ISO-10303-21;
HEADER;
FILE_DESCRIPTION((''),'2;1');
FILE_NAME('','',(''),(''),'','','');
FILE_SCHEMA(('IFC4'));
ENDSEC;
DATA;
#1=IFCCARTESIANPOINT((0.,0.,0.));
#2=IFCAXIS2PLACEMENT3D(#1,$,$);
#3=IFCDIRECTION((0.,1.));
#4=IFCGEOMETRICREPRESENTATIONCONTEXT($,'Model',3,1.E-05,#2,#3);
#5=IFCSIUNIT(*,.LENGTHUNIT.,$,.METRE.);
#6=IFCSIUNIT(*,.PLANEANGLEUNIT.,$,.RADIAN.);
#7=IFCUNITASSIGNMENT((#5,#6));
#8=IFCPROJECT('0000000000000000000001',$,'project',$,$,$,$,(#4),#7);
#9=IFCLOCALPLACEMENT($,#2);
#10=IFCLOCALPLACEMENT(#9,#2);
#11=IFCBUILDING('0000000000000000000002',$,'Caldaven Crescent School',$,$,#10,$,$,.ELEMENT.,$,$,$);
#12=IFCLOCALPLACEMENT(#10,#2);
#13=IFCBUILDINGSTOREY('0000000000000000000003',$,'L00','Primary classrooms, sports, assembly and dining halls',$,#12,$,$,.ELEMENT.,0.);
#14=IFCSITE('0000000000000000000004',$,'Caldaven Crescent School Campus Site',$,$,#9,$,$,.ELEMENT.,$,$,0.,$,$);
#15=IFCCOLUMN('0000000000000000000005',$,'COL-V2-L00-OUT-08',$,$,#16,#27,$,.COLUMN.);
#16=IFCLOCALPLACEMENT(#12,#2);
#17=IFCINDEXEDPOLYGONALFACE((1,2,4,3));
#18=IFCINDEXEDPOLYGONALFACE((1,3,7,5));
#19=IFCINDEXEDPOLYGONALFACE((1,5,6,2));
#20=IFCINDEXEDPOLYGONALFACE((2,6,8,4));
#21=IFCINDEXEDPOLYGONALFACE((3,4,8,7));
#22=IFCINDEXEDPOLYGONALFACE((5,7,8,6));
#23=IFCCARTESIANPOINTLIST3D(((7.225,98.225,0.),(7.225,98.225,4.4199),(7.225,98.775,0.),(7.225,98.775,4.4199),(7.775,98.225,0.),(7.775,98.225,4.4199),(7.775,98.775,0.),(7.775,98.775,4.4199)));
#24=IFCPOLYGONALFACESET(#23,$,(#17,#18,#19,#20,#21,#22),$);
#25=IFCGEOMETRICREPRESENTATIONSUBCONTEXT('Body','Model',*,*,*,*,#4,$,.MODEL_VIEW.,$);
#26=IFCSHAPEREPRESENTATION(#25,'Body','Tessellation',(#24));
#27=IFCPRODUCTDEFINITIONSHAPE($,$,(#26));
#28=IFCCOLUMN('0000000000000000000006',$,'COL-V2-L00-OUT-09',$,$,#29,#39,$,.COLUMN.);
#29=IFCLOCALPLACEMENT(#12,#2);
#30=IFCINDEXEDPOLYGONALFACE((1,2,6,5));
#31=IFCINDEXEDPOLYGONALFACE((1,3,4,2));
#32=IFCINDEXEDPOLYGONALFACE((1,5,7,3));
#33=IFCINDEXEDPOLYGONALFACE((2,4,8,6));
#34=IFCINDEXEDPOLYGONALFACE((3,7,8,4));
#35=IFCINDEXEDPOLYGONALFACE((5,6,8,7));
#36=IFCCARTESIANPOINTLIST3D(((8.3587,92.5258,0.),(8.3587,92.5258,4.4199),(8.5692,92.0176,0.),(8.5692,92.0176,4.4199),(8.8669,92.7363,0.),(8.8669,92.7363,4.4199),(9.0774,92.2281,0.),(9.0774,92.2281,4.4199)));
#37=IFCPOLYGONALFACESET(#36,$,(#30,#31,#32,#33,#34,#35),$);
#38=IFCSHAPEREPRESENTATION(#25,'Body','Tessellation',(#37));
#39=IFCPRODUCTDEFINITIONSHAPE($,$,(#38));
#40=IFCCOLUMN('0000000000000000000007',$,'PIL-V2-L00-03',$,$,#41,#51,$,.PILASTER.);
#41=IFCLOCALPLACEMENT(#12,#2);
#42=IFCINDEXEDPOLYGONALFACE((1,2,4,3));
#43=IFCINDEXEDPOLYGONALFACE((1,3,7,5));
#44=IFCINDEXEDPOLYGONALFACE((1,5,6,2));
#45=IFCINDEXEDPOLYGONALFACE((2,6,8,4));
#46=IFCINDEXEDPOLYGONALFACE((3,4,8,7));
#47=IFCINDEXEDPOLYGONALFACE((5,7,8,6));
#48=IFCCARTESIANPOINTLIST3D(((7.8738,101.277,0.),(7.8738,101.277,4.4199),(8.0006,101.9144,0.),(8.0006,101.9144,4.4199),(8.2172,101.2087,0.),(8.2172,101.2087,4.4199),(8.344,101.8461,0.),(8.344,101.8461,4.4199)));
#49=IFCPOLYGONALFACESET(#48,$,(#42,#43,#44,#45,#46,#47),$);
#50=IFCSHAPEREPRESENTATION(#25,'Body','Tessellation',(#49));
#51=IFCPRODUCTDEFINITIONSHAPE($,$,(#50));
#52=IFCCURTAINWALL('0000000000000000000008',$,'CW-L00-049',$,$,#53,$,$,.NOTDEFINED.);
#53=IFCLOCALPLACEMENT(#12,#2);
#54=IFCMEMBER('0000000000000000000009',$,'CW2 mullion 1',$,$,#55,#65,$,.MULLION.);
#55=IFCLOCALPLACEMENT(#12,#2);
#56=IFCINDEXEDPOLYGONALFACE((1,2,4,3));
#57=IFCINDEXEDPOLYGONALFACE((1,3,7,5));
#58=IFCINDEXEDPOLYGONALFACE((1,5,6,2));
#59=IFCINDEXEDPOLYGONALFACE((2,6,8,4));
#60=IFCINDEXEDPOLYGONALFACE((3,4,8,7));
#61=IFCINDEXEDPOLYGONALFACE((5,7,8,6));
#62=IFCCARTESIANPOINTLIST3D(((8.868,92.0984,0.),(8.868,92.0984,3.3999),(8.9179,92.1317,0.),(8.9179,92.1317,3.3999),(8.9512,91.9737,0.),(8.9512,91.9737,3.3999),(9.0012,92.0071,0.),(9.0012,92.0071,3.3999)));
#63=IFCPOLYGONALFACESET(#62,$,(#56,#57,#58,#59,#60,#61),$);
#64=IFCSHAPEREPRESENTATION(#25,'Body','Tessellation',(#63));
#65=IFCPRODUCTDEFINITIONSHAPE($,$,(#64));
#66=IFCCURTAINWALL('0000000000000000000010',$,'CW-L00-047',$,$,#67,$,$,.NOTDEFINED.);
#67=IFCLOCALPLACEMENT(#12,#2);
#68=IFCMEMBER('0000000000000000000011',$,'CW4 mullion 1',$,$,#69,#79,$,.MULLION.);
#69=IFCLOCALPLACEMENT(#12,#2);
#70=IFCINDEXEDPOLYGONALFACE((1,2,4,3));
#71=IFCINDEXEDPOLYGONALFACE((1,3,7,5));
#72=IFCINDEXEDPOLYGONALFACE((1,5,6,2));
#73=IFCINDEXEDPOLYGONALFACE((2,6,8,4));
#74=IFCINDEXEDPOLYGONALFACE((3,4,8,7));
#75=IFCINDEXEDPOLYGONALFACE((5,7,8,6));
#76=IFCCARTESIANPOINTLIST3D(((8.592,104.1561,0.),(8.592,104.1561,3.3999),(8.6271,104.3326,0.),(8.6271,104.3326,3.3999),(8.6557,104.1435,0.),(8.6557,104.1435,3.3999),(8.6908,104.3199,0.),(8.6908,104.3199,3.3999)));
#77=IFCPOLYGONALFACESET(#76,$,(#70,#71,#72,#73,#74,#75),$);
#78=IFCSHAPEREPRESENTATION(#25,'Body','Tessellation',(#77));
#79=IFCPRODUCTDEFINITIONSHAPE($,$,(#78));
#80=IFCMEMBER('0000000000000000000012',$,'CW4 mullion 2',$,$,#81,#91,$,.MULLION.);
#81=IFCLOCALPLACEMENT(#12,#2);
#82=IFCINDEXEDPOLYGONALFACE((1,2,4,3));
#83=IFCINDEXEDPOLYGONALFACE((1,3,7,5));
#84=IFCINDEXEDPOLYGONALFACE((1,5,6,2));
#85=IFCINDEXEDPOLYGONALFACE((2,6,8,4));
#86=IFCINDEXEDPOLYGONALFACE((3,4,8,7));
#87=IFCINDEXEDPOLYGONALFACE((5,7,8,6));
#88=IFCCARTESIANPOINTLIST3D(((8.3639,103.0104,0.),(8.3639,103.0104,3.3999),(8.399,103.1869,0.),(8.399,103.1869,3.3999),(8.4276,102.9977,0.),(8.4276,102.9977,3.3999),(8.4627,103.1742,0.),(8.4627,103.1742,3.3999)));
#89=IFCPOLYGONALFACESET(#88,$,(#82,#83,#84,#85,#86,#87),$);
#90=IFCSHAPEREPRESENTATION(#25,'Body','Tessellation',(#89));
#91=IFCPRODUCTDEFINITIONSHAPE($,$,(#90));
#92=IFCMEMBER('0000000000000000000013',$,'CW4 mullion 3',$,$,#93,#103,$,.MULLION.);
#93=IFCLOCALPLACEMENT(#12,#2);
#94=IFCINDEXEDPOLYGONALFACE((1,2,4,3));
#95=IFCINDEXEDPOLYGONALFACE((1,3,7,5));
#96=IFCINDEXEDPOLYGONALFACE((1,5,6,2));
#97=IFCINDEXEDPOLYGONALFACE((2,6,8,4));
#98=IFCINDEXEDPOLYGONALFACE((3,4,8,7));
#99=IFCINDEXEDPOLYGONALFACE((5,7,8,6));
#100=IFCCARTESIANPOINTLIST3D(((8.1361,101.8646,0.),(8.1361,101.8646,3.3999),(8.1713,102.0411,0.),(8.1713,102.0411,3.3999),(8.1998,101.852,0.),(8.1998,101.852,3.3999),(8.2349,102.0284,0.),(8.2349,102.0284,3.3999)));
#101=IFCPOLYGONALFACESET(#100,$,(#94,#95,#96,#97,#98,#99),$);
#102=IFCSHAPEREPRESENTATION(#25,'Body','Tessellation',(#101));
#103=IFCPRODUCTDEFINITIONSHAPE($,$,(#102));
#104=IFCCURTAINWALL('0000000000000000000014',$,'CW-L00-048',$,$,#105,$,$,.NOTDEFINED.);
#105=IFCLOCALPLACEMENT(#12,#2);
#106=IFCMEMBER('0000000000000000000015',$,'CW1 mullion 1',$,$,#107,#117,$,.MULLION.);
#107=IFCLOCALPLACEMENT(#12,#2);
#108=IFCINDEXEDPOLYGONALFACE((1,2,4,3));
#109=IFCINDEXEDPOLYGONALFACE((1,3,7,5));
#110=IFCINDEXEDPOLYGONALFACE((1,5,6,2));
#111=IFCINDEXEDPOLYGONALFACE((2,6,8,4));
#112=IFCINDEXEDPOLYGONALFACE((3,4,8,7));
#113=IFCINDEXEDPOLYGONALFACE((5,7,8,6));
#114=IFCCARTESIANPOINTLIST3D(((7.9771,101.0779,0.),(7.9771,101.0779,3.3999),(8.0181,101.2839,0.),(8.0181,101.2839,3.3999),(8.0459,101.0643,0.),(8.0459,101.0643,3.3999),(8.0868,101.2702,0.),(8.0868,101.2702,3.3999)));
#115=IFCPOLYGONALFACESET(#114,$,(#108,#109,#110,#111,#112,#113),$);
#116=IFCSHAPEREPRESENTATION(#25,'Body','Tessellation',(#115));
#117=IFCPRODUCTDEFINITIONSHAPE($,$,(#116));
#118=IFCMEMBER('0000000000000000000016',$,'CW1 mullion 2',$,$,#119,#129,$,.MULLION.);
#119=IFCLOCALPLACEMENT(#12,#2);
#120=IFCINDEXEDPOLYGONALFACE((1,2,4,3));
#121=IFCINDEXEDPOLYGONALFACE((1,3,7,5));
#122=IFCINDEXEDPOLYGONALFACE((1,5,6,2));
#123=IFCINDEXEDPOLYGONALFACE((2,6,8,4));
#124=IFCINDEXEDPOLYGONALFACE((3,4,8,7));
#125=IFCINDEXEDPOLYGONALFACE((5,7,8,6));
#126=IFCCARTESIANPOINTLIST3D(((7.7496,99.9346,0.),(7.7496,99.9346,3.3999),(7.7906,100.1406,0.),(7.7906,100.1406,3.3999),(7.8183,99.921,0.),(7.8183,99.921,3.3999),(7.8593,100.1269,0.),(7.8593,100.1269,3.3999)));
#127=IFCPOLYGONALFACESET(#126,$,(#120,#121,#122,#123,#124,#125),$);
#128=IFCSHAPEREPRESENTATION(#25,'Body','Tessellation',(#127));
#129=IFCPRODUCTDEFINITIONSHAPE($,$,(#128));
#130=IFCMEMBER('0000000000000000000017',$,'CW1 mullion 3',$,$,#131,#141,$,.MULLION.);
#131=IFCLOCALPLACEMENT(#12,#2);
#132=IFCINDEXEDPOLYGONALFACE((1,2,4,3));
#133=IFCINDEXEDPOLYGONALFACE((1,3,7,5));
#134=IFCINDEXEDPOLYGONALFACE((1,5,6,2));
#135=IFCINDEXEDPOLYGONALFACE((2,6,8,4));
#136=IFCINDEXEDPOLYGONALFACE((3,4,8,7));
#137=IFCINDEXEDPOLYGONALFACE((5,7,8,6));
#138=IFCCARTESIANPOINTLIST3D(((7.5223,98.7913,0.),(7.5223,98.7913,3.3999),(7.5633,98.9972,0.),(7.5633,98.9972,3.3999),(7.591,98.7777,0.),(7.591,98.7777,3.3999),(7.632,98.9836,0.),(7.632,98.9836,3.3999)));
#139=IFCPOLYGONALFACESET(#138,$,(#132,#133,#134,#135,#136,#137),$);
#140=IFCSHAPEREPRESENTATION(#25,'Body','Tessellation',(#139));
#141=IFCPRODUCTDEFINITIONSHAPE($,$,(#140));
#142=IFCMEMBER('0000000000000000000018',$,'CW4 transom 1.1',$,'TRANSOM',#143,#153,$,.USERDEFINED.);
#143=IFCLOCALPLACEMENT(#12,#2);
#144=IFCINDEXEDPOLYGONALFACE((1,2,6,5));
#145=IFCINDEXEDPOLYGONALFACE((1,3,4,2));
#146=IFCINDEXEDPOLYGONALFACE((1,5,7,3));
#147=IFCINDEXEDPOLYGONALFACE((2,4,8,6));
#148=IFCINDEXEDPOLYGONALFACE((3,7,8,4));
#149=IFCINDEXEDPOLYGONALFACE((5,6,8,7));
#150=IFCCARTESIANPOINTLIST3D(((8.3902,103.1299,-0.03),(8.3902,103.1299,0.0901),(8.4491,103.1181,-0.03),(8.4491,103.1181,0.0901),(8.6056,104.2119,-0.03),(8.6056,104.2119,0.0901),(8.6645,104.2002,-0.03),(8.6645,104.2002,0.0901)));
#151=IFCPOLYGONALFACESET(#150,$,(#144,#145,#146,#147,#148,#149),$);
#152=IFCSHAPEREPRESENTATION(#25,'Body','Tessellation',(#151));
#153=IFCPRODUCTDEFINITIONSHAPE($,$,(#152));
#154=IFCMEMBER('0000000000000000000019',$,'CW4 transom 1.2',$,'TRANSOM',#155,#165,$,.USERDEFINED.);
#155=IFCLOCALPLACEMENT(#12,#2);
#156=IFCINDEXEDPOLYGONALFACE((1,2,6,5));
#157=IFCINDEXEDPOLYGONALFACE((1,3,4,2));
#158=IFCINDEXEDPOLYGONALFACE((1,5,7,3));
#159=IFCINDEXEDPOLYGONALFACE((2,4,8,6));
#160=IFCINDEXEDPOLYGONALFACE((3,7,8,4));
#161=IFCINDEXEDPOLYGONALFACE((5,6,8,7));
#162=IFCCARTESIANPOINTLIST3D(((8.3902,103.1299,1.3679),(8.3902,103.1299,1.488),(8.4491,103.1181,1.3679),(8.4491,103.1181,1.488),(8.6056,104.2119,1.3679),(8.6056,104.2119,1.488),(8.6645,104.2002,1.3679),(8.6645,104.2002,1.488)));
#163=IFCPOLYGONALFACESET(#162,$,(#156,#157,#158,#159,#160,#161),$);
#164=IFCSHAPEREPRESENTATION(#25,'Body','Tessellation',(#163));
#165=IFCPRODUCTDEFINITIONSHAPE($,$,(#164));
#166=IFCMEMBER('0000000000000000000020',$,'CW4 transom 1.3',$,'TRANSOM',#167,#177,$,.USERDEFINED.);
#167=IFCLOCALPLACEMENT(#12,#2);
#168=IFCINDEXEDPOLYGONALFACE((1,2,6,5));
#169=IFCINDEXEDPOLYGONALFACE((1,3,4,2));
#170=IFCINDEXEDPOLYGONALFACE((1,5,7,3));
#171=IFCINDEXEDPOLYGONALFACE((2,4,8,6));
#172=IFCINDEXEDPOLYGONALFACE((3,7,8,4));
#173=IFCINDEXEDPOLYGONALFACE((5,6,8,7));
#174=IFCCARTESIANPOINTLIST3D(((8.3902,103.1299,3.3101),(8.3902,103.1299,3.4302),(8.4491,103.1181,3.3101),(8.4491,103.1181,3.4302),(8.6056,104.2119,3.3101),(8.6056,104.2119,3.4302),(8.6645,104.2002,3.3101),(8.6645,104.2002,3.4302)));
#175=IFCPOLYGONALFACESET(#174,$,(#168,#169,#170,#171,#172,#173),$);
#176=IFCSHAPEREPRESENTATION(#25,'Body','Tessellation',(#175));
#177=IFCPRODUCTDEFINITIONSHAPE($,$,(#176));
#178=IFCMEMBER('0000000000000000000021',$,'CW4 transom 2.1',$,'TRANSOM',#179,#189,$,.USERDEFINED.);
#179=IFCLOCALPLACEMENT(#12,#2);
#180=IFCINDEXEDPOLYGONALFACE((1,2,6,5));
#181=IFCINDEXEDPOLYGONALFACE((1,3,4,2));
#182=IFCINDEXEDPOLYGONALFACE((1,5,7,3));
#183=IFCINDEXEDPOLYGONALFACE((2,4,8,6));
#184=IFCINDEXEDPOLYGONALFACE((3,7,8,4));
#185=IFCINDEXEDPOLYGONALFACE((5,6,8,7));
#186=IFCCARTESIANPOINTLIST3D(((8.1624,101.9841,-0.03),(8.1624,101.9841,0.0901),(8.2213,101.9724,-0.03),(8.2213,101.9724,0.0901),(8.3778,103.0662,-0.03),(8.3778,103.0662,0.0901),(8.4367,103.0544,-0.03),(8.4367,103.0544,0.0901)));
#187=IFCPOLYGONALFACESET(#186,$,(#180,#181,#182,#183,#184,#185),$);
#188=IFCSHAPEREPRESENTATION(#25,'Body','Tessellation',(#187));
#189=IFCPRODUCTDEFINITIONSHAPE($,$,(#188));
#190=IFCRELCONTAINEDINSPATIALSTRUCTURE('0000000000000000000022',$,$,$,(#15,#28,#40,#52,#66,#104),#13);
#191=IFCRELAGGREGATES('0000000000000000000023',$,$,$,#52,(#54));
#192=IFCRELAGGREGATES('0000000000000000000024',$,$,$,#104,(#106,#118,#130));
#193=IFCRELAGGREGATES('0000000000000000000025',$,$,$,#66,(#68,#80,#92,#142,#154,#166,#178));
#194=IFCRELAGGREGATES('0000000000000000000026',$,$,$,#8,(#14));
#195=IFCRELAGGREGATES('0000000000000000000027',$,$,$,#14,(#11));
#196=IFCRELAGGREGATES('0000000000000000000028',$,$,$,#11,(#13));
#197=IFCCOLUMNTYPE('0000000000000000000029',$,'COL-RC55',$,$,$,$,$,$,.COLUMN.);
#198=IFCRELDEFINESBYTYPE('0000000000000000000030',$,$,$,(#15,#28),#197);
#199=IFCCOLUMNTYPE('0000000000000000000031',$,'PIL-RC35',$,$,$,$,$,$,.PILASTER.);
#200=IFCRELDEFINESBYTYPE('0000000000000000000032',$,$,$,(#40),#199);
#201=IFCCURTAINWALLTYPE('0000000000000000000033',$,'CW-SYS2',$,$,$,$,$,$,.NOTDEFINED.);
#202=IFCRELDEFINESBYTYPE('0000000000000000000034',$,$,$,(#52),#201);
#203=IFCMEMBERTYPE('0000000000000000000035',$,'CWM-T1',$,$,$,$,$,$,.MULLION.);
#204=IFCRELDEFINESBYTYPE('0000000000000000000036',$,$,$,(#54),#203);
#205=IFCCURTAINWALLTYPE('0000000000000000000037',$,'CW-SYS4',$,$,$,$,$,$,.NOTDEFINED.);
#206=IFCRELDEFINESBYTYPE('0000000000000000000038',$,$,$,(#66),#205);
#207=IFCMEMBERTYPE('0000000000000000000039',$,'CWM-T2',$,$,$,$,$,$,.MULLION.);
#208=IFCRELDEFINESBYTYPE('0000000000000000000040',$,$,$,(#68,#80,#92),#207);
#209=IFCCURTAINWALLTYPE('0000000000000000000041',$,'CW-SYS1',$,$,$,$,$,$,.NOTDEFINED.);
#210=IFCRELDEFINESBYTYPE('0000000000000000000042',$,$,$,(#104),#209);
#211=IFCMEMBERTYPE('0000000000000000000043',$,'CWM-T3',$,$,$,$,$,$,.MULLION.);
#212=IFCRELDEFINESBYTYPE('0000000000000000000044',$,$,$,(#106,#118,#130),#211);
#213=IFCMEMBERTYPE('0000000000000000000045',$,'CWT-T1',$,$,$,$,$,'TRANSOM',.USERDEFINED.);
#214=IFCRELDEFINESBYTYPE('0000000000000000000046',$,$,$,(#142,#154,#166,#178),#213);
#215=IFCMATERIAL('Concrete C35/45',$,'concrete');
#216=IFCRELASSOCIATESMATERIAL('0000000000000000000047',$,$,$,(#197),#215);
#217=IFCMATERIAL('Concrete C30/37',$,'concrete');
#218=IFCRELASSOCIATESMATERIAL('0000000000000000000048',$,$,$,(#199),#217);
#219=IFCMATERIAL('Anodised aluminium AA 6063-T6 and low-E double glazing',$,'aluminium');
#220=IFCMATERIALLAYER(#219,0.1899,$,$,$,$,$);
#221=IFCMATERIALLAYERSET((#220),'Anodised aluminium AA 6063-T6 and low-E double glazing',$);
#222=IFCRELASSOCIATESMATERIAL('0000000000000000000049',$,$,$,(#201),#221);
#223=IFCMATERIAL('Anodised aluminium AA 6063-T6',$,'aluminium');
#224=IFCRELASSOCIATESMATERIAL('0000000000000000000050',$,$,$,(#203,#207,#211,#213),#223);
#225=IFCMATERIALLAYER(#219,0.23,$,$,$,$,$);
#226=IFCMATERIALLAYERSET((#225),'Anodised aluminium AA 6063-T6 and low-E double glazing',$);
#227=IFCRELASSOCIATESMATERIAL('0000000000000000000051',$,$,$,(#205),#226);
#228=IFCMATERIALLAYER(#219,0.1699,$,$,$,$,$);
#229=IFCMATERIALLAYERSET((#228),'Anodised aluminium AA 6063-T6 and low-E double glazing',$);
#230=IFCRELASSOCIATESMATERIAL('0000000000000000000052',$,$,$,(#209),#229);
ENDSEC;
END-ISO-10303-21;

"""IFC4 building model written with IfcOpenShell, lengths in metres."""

from ifc_helpers import new_model, si_unit, direction, frame, origin, origin_2d, place, context, subcontext, project, spatial, rectangle, extrude, material, layer, layer_set, material_profile, profile_set, type_object, element, aggregate, save


model = new_model("IFC4")

# Units and contexts
model_context = context("Model", 3, precision=1e-05, world=origin(), true_north=direction((0.0, 1.0)))
body_context = subcontext(model_context, "Body", "Model", "MODEL_VIEW")
ifc_project = project(units=[si_unit("LENGTHUNIT", "METRE"), si_unit("PLANEANGLEUNIT", "RADIAN")], contexts=[model_context])

# Site, building, storey
site_placement = place(None, origin())
site = spatial("IfcSite", under=ifc_project, at=site_placement, Name="Caldaven Crescent School Campus Site", CompositionType="ELEMENT", RefElevation=0.0)
building_placement = place(site_placement, origin())
building = spatial("IfcBuilding", under=site, at=building_placement, Name="Caldaven Crescent School", CompositionType="ELEMENT")
storey_placement = place(building_placement, origin())
storey = spatial("IfcBuildingStorey", under=building, at=storey_placement, Name="L00", Description="Primary classrooms, sports, assembly and dining halls", CompositionType="ELEMENT", Elevation=0.0)

# Columns
ifc_material_1 = material(Name="Concrete C35/45", Category="concrete")
ifc_material_profile_1 = material_profile(ifc_material_1, rectangle(XDim=0.55, YDim=0.55, at=origin_2d()), Name="RC 550x550")
ifc_profile_set_1 = profile_set([ifc_material_profile_1], Name="Concrete C35/45")
column_type_1 = type_object("IfcColumnType", Name="COL-RC55", PredefinedType="COLUMN", material=ifc_profile_set_1)
for number, where, z_axis, x_axis, name in (
    (1, (7.5, 98.5, 0.0), (0.0, 0.0, 1.0), (-1.0, 0.0, 0.0), "COL-V2-L00-OUT-08"),
    (2, (8.718, 92.377, 0.0), (0.0, 0.0, 1.0), (-0.92388, -0.382683, 0.0), "COL-V2-L00-OUT-09"),
):
    element("IfcColumn", number, at=place(storey_placement, frame(where, z_axis=z_axis, x_axis=x_axis)), inside=storey, type_object=column_type_1, Name=name, PredefinedType="COLUMN", context=body_context, shape_type="SweptSolid", body=[
        extrude(rectangle(XDim=0.55, YDim=0.55, at=origin_2d()), origin(), (0.0, 0.0, 1.0), 4.4199),
    ])
ifc_material_2 = material(Name="Concrete C30/37", Category="concrete")
ifc_material_profile_2 = material_profile(ifc_material_2, rectangle(XDim=0.3501, YDim=0.6499, at=origin_2d()), Name="RC 350x650")
ifc_profile_set_2 = profile_set([ifc_material_profile_2], Name="Concrete C30/37")
column_type_2 = type_object("IfcColumnType", Name="PIL-RC35", PredefinedType="PILASTER", material=ifc_profile_set_2)
column_placement = place(storey_placement, frame((8.1089, 101.5615, 0.0), z_axis=(0.0, 0.0, 1.0), x_axis=(-0.980785, 0.19509, 0.0)))
element("IfcColumn", 3, at=column_placement, inside=storey, type_object=column_type_2, Name="PIL-V2-L00-03", PredefinedType="PILASTER", context=body_context, shape_type="SweptSolid", body=[
    extrude(rectangle(XDim=0.3501, YDim=0.6499, at=origin_2d()), origin(), (0.0, 0.0, 1.0), 4.4199),
])

# Curtain wall, member
ifc_material_3 = material(Name="Anodised aluminium AA 6063-T6 and low-E double glazing", Category="aluminium")
ifc_layer_1 = layer(ifc_material_3, 0.1899)
ifc_layer_set_1 = layer_set([ifc_layer_1], Name="Anodised aluminium AA 6063-T6 and low-E double glazing")
curtain_wall_type_1 = type_object("IfcCurtainWallType", Name="CW-SYS2", PredefinedType="NOTDEFINED", material=ifc_layer_set_1)
curtain_wall_1_placement = place(storey_placement, origin())
curtain_wall_1 = element("IfcCurtainWall", 4, at=curtain_wall_1_placement, inside=storey, type_object=curtain_wall_type_1, Name="CW-L00-049", PredefinedType="NOTDEFINED")
ifc_material_4 = material(Name="Anodised aluminium AA 6063-T6", Category="aluminium")
ifc_material_profile_3 = material_profile(ifc_material_4, rectangle(XDim=0.0601, YDim=0.1499, at=origin_2d()), Name="CWM 60x150")
ifc_profile_set_3 = profile_set([ifc_material_profile_3], Name="Anodised aluminium AA 6063-T6")
member_type_1 = type_object("IfcMemberType", Name="CWM-T1", PredefinedType="MULLION", material=ifc_profile_set_3)
member_1_placement = place(storey_placement, frame((8.9346, 92.0527, 0.0), z_axis=(0.0, 0.0, 1.0), x_axis=(0.83147, 0.55557, 0.0)))
member_1 = element("IfcMember", 5, at=member_1_placement, type_object=member_type_1, Name="CW2 mullion 1", PredefinedType="MULLION", context=body_context, shape_type="SweptSolid", body=[
    extrude(rectangle(XDim=0.0601, YDim=0.1499, at=origin_2d()), origin(), (0.0, 0.0, 1.0), 3.3999),
])

# Curtain walls, members
ifc_layer_2 = layer(ifc_material_3, 0.23)
ifc_layer_set_2 = layer_set([ifc_layer_2], Name="Anodised aluminium AA 6063-T6 and low-E double glazing")
curtain_wall_type_2 = type_object("IfcCurtainWallType", Name="CW-SYS4", PredefinedType="NOTDEFINED", material=ifc_layer_set_2)
curtain_wall_2_placement = place(storey_placement, origin())
curtain_wall_2 = element("IfcCurtainWall", 6, at=curtain_wall_2_placement, inside=storey, type_object=curtain_wall_type_2, Name="CW-L00-047", PredefinedType="NOTDEFINED")
ifc_material_profile_4 = material_profile(ifc_material_4, rectangle(XDim=0.0649, YDim=0.1799, at=origin_2d()), Name="CWM 65x180")
ifc_profile_set_4 = profile_set([ifc_material_profile_4], Name="Anodised aluminium AA 6063-T6")
member_type_2 = type_object("IfcMemberType", Name="CWM-T2", PredefinedType="MULLION", material=ifc_profile_set_4)
member_2_placement = place(storey_placement, frame((8.6414, 104.238, 0.0), z_axis=(0.0, 0.0, 1.0), x_axis=(0.980786, -0.195087, 0.0)))
member_2 = element("IfcMember", 7, at=member_2_placement, type_object=member_type_2, Name="CW4 mullion 1", PredefinedType="MULLION", context=body_context, shape_type="SweptSolid", body=[
    extrude(rectangle(XDim=0.0649, YDim=0.1799, at=origin_2d()), origin(), (0.0, 0.0, 1.0), 3.3999),
])
member_3_placement = place(storey_placement, frame((8.4133, 103.0923, 0.0), z_axis=(0.0, 0.0, 1.0), x_axis=(0.980786, -0.195087, 0.0)))
member_3 = element("IfcMember", 8, at=member_3_placement, type_object=member_type_2, Name="CW4 mullion 2", PredefinedType="MULLION", context=body_context, shape_type="SweptSolid", body=[
    extrude(rectangle(XDim=0.0649, YDim=0.1799, at=origin_2d()), origin(), (0.0, 0.0, 1.0), 3.3999),
])
member_4_placement = place(storey_placement, frame((8.1855, 101.9465, 0.0), z_axis=(0.0, 0.0, 1.0), x_axis=(0.980786, -0.195087, 0.0)))
member_4 = element("IfcMember", 9, at=member_4_placement, type_object=member_type_2, Name="CW4 mullion 3", PredefinedType="MULLION", context=body_context, shape_type="SweptSolid", body=[
    extrude(rectangle(XDim=0.0649, YDim=0.1799, at=origin_2d()), origin(), (0.0, 0.0, 1.0), 3.3999),
])
ifc_layer_3 = layer(ifc_material_3, 0.1699)
ifc_layer_set_3 = layer_set([ifc_layer_3], Name="Anodised aluminium AA 6063-T6 and low-E double glazing")
curtain_wall_type_3 = type_object("IfcCurtainWallType", Name="CW-SYS1", PredefinedType="NOTDEFINED", material=ifc_layer_set_3)
curtain_wall_3_placement = place(storey_placement, origin())
curtain_wall_3 = element("IfcCurtainWall", 10, at=curtain_wall_3_placement, inside=storey, type_object=curtain_wall_type_3, Name="CW-L00-048", PredefinedType="NOTDEFINED")
ifc_material_profile_5 = material_profile(ifc_material_4, rectangle(XDim=0.0701, YDim=0.21, at=origin_2d()), Name="CWM 70x210")
ifc_profile_set_5 = profile_set([ifc_material_profile_5], Name="Anodised aluminium AA 6063-T6")
member_type_3 = type_object("IfcMemberType", Name="CWM-T3", PredefinedType="MULLION", material=ifc_profile_set_5)
member_5_placement = place(storey_placement, frame((8.032, 101.1741, 0.0), z_axis=(0.0, 0.0, 1.0), x_axis=(0.980785, -0.195091, 0.0)))
member_5 = element("IfcMember", 11, at=member_5_placement, type_object=member_type_3, Name="CW1 mullion 1", PredefinedType="MULLION", context=body_context, shape_type="SweptSolid", body=[
    extrude(rectangle(XDim=0.0701, YDim=0.21, at=origin_2d()), origin(), (0.0, 0.0, 1.0), 3.3999),
])
member_6_placement = place(storey_placement, frame((7.8044, 100.0308, 0.0), z_axis=(0.0, 0.0, 1.0), x_axis=(0.980785, -0.195091, 0.0)))
member_6 = element("IfcMember", 12, at=member_6_placement, type_object=member_type_3, Name="CW1 mullion 2", PredefinedType="MULLION", context=body_context, shape_type="SweptSolid", body=[
    extrude(rectangle(XDim=0.0701, YDim=0.21, at=origin_2d()), origin(), (0.0, 0.0, 1.0), 3.3999),
])
member_7_placement = place(storey_placement, frame((7.5771, 98.8875, 0.0), z_axis=(0.0, 0.0, 1.0), x_axis=(0.980785, -0.195091, 0.0)))
member_7 = element("IfcMember", 13, at=member_7_placement, type_object=member_type_3, Name="CW1 mullion 3", PredefinedType="MULLION", context=body_context, shape_type="SweptSolid", body=[
    extrude(rectangle(XDim=0.0701, YDim=0.21, at=origin_2d()), origin(), (0.0, 0.0, 1.0), 3.3999),
])

# Members
ifc_material_profile_6 = material_profile(ifc_material_4, rectangle(XDim=0.0601, YDim=0.1201, at=origin_2d()), Name="CWT 60x120")
ifc_profile_set_6 = profile_set([ifc_material_profile_6], Name="Anodised aluminium AA 6063-T6")
member_type_4 = type_object("IfcMemberType", Name="CWT-T1", ElementType="TRANSOM", PredefinedType="USERDEFINED", material=ifc_profile_set_6)
member_8_placement = place(storey_placement, frame((8.635, 104.2061, 0.03), z_axis=(-0.19518, -0.980767, 0.0), x_axis=(0.980767, -0.19518, 0.0)))
member_8 = element("IfcMember", 14, at=member_8_placement, type_object=member_type_4, Name="CW4 transom 1.1", ObjectType="TRANSOM", PredefinedType="USERDEFINED", context=body_context, shape_type="SweptSolid", body=[
    extrude(rectangle(XDim=0.0601, YDim=0.1201, at=origin_2d()), origin(), (0.0, 0.0, 1.0), 1.1033),
])
member_9_placement = place(storey_placement, frame((8.635, 104.2061, 1.428), z_axis=(-0.19518, -0.980767, 0.0), x_axis=(0.980767, -0.19518, 0.0)))
member_9 = element("IfcMember", 15, at=member_9_placement, type_object=member_type_4, Name="CW4 transom 1.2", ObjectType="TRANSOM", PredefinedType="USERDEFINED", context=body_context, shape_type="SweptSolid", body=[
    extrude(rectangle(XDim=0.0601, YDim=0.1201, at=origin_2d()), origin(), (0.0, 0.0, 1.0), 1.1033),
])
member_10_placement = place(storey_placement, frame((8.635, 104.2061, 3.3701), z_axis=(-0.19518, -0.980767, 0.0), x_axis=(0.980767, -0.19518, 0.0)))
member_10 = element("IfcMember", 16, at=member_10_placement, type_object=member_type_4, Name="CW4 transom 1.3", ObjectType="TRANSOM", PredefinedType="USERDEFINED", context=body_context, shape_type="SweptSolid", body=[
    extrude(rectangle(XDim=0.0601, YDim=0.1201, at=origin_2d()), origin(), (0.0, 0.0, 1.0), 1.1033),
])
member_11_placement = place(storey_placement, frame((8.4072, 103.0603, 0.03), z_axis=(-0.19518, -0.980767, 0.0), x_axis=(0.980767, -0.19518, 0.0)))
member_11 = element("IfcMember", 17, at=member_11_placement, type_object=member_type_4, Name="CW4 transom 2.1", ObjectType="TRANSOM", PredefinedType="USERDEFINED", context=body_context, shape_type="SweptSolid", body=[
    extrude(rectangle(XDim=0.0601, YDim=0.1201, at=origin_2d()), origin(), (0.0, 0.0, 1.0), 1.1033),
])
aggregate(curtain_wall_1, [member_1])

aggregate(curtain_wall_3, [member_5, member_6, member_7])
aggregate(curtain_wall_2, [member_2, member_3, member_4, member_8, member_9, member_10, member_11])

save(model, "model.ifc")
